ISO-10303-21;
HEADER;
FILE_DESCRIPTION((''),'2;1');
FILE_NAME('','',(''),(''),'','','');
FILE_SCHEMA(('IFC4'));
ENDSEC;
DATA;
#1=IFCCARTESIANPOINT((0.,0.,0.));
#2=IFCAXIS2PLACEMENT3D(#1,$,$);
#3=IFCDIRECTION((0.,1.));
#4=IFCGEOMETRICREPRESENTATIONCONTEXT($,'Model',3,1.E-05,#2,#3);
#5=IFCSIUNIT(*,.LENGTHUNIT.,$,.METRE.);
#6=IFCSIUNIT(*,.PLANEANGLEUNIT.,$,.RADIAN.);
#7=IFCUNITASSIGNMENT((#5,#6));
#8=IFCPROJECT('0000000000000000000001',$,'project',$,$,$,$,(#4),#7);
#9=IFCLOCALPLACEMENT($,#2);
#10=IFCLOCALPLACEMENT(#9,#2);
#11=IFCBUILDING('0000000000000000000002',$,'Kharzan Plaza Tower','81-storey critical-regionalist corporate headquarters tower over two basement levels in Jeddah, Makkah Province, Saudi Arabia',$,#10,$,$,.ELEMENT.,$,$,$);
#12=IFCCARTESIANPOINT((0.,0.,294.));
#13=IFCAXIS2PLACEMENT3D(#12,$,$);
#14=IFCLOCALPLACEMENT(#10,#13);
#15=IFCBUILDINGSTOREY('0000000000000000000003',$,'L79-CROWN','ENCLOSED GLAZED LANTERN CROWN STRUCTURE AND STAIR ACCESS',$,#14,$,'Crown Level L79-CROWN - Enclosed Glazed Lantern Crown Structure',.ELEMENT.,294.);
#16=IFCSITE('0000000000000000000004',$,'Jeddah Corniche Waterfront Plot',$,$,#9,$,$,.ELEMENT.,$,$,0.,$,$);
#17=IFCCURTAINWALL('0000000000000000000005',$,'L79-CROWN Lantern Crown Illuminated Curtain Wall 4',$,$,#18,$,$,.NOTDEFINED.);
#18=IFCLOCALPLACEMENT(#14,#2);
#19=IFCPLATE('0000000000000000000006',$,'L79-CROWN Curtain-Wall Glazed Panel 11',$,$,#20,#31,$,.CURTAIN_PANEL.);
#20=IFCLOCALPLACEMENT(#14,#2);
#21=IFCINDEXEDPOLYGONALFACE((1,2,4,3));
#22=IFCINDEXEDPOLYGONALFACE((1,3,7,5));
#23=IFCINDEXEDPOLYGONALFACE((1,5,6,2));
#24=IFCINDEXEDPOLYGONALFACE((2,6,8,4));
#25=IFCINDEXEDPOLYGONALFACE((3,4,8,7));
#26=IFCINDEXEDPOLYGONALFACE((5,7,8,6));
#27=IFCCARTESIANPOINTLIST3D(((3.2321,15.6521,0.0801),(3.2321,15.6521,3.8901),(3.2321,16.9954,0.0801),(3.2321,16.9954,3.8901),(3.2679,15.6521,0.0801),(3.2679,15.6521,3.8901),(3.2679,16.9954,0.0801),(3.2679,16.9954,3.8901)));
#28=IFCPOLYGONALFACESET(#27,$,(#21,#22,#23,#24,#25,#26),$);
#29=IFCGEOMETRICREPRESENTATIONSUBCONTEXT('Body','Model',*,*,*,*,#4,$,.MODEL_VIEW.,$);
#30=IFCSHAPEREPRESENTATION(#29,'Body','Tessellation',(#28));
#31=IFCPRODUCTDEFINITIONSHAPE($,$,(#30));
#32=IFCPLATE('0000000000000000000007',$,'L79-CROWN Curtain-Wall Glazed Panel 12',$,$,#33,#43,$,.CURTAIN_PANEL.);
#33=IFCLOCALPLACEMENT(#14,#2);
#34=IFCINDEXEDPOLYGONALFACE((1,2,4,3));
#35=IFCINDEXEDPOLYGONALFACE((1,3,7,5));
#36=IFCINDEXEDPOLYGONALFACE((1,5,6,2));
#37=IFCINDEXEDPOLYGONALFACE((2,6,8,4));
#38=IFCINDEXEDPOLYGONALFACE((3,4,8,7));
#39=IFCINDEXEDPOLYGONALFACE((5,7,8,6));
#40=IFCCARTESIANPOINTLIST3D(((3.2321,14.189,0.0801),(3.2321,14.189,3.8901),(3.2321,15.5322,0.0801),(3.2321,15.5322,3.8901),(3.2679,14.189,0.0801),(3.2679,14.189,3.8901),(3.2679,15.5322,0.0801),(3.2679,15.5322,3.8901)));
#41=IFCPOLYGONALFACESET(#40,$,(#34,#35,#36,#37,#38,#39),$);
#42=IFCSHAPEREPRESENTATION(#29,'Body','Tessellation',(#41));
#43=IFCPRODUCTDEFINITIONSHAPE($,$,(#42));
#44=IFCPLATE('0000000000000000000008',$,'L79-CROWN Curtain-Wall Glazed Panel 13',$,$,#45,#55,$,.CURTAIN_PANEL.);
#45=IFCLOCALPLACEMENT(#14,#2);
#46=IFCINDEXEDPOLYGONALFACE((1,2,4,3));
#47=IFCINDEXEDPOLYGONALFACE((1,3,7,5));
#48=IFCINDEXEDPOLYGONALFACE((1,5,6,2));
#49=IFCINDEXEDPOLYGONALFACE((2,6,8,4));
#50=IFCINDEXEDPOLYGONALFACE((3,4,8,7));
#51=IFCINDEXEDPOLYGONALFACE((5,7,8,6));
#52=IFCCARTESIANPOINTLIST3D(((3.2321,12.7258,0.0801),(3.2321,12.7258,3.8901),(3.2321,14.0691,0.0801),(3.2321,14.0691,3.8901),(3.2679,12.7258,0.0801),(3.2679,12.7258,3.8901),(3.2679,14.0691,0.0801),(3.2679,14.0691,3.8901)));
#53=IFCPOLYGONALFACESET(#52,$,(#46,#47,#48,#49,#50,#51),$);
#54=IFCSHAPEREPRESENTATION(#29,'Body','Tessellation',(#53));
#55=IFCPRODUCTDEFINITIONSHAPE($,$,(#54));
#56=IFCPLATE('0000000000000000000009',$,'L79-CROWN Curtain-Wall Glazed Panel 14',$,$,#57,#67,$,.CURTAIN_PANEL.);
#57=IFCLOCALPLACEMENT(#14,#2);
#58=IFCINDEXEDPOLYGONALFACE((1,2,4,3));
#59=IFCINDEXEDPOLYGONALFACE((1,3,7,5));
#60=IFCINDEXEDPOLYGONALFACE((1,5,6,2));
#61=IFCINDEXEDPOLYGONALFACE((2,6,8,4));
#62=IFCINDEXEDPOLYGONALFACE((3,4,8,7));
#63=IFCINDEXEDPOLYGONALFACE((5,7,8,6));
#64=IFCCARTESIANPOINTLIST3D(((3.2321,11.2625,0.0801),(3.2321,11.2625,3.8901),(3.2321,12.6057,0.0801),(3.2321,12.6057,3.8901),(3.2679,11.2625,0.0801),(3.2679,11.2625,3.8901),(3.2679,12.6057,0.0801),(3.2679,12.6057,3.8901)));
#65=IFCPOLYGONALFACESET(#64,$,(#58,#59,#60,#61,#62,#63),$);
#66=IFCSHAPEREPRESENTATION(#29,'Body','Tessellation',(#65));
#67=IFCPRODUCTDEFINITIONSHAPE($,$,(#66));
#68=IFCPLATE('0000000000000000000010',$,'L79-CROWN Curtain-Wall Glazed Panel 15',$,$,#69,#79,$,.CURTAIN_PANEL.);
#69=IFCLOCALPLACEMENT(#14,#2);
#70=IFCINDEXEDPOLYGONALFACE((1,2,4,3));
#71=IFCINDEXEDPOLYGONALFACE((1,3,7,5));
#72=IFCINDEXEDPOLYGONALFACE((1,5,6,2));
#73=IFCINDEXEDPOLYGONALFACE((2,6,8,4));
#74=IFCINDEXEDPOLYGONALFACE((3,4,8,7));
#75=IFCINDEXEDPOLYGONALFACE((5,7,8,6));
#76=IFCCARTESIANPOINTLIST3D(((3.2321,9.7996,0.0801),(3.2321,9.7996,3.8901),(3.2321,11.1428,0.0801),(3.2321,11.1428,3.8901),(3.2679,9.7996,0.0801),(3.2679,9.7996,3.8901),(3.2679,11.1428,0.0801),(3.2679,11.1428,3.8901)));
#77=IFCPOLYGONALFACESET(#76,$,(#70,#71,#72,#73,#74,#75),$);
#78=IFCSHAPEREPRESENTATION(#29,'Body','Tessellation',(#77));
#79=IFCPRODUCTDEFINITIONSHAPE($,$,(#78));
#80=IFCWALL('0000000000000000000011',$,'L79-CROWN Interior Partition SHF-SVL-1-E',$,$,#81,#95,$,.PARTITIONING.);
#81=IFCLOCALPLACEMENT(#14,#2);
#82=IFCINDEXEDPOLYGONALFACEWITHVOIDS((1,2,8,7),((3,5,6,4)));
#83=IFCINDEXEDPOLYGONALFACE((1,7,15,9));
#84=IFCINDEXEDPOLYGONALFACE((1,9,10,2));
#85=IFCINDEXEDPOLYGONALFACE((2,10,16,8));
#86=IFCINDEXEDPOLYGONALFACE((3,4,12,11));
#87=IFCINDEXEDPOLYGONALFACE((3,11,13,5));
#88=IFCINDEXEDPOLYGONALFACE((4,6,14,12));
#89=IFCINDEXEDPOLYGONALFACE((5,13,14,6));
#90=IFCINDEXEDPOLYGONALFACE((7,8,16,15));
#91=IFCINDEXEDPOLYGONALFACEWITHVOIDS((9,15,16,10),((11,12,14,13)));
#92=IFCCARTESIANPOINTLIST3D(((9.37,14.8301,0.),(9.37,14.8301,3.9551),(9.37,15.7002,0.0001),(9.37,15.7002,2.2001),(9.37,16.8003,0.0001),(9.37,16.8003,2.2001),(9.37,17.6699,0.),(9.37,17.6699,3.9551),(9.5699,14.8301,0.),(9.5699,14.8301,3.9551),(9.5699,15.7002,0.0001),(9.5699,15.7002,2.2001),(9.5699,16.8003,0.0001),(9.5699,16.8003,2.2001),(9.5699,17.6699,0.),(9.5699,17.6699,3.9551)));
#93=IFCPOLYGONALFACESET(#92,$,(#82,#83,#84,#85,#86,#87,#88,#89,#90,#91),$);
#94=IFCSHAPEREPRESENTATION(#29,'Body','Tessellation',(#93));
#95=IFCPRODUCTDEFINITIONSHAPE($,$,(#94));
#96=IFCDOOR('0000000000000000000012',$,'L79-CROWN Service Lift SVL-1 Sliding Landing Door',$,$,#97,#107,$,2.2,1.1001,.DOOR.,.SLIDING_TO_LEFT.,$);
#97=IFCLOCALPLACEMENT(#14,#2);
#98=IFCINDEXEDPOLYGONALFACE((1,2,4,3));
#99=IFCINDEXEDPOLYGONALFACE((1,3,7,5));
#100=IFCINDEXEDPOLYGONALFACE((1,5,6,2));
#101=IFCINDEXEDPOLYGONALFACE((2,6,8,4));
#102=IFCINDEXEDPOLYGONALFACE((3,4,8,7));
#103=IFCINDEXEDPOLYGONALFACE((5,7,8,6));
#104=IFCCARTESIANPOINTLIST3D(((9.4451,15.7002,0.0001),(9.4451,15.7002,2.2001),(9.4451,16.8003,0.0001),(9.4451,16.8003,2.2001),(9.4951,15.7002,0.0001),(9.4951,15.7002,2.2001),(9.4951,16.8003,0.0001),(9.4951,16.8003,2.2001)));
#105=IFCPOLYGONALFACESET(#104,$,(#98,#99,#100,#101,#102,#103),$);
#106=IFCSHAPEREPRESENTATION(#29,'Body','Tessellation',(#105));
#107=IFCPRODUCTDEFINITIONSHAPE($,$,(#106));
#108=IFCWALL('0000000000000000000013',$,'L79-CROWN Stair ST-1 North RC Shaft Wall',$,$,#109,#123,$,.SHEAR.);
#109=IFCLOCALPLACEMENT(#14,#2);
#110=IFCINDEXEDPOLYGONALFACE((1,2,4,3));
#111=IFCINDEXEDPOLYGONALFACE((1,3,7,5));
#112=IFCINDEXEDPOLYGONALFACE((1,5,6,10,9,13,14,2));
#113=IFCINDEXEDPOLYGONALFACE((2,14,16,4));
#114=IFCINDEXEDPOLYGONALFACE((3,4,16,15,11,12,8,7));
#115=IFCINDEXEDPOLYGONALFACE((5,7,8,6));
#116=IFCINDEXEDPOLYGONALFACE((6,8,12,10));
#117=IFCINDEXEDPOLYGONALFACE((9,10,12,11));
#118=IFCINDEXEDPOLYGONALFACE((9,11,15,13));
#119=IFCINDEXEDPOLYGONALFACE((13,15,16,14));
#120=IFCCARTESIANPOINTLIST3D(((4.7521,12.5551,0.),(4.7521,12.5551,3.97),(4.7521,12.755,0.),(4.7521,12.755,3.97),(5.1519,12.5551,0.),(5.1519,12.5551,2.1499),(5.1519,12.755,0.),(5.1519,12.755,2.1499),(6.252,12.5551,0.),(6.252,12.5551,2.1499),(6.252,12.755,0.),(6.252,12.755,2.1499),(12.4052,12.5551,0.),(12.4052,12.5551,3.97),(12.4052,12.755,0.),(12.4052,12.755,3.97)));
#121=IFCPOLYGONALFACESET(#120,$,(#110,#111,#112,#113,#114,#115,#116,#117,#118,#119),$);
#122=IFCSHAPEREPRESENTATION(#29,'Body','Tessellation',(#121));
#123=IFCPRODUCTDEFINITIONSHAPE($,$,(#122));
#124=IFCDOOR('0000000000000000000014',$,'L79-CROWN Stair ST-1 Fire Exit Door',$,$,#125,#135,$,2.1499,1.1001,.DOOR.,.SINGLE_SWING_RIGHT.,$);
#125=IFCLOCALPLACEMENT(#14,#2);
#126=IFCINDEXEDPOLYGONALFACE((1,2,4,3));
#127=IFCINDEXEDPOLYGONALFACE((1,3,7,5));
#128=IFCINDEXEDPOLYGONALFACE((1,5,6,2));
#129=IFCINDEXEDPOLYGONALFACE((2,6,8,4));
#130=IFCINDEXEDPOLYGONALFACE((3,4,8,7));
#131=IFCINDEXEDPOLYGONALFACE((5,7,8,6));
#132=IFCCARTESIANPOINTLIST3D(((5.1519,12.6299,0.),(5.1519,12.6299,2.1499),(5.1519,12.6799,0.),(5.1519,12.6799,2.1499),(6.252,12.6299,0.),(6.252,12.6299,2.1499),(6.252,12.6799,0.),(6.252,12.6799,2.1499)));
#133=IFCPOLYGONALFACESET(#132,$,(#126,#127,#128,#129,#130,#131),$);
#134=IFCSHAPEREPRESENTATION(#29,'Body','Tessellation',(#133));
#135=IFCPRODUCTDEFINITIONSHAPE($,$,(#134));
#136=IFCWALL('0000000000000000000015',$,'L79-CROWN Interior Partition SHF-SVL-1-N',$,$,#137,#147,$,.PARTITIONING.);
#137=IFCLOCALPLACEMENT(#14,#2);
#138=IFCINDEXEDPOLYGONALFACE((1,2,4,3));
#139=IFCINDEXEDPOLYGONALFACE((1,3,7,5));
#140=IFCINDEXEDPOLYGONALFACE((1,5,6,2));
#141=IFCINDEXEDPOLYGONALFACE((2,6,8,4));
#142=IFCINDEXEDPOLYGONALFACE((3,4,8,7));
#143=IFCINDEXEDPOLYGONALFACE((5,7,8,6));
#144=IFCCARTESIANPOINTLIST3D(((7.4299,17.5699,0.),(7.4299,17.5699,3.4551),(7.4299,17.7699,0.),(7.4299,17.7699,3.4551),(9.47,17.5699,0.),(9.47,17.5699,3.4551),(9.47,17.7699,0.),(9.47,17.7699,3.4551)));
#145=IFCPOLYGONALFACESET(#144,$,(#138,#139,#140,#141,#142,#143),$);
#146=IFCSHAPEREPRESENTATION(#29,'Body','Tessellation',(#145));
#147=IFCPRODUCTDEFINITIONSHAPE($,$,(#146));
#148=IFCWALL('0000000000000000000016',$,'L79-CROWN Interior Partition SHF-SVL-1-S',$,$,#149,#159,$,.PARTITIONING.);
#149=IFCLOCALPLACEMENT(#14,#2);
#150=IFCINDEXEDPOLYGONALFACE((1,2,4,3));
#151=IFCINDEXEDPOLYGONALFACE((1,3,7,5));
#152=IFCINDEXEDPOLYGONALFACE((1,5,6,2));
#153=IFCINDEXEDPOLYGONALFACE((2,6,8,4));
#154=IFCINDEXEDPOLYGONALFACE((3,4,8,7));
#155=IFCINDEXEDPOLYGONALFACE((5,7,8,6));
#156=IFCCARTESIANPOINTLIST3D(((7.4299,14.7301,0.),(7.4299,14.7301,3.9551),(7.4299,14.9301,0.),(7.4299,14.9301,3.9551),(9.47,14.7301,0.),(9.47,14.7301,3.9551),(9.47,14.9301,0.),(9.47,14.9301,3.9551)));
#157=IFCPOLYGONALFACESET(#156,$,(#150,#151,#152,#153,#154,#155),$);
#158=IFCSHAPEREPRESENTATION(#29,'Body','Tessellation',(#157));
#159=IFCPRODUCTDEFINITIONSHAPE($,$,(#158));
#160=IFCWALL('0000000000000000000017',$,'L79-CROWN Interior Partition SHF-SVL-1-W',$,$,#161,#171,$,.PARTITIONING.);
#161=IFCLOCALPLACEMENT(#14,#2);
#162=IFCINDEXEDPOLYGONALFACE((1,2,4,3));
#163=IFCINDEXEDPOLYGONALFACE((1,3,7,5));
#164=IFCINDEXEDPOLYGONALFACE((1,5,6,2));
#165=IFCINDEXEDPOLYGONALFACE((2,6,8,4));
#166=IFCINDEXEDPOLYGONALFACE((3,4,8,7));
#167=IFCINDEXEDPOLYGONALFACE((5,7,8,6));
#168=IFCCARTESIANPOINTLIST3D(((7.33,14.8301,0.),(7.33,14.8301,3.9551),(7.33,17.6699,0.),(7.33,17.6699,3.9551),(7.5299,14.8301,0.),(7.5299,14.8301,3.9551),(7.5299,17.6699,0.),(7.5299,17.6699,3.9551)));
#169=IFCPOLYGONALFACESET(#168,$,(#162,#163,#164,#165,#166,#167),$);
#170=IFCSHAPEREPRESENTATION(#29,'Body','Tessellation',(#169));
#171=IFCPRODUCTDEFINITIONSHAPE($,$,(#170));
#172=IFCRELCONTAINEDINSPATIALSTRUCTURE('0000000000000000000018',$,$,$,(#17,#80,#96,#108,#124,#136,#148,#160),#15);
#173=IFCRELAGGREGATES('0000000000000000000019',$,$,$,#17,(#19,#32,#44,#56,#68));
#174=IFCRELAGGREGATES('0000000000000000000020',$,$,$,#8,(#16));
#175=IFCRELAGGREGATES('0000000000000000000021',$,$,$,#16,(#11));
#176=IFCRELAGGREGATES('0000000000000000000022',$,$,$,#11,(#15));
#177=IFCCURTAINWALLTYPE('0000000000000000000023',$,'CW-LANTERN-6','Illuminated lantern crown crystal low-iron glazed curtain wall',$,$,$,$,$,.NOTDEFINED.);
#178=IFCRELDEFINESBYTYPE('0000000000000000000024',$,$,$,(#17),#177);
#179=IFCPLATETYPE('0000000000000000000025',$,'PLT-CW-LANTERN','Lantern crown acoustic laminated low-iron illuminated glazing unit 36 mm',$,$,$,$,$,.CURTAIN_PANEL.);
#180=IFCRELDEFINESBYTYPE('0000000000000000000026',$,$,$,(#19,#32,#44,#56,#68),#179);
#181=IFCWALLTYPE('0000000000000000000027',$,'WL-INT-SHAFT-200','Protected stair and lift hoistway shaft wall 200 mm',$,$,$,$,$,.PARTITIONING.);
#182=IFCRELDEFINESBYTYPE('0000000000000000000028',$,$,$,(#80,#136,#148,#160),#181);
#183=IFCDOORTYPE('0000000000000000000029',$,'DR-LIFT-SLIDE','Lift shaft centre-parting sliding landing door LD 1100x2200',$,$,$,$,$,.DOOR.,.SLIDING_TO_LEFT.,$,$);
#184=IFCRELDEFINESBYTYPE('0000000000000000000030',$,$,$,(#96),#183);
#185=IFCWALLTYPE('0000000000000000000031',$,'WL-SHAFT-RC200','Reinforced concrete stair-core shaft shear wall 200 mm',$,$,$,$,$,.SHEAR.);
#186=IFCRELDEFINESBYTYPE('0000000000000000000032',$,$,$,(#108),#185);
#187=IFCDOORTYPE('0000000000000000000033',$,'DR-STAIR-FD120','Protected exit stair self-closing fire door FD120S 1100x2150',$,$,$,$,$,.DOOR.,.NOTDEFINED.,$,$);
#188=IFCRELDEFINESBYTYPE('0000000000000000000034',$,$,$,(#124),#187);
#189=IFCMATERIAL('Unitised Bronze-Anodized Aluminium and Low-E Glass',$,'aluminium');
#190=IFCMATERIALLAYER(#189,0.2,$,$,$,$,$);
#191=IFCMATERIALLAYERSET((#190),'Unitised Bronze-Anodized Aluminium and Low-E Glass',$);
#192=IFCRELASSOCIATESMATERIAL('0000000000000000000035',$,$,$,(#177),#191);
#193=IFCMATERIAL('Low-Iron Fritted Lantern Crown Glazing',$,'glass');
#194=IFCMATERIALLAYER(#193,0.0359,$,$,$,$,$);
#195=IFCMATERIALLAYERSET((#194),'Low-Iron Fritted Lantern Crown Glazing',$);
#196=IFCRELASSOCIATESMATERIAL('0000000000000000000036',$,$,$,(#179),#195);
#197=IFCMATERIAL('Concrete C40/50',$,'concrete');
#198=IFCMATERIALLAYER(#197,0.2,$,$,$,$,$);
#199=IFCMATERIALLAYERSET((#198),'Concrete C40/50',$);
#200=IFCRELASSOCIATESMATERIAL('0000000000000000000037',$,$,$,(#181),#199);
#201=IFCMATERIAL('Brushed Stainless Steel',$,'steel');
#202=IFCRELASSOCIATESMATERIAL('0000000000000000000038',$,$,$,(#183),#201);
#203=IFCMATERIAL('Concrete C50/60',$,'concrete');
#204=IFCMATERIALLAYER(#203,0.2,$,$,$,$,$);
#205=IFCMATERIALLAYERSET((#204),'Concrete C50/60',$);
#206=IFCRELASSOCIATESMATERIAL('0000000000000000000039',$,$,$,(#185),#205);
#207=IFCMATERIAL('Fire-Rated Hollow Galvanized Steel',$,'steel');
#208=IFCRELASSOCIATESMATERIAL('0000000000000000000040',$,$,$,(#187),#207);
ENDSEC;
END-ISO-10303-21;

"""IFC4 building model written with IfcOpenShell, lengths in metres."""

from ifc_helpers import new_model, si_unit, direction, frame, frame_2d, origin, origin_2d, place, context, subcontext, project, spatial, rectangle, extrude, source, transform, mapped, material, layer, layer_set, type_object, element, fill, aggregate, save


model = new_model("IFC4")

# Units and contexts
model_context = context("Model", 3, precision=1e-05, world=origin(), true_north=direction((0.0, 1.0)))
body_context = subcontext(model_context, "Body", "Model", "MODEL_VIEW")
ifc_project = project(units=[si_unit("LENGTHUNIT", "METRE"), si_unit("PLANEANGLEUNIT", "RADIAN")], contexts=[model_context])

# Site, building, storey
site_placement = place(None, origin())
site = spatial("IfcSite", under=ifc_project, at=site_placement, Name="Jeddah Corniche Waterfront Plot", CompositionType="ELEMENT", RefElevation=0.0)
building_placement = place(site_placement, origin())
building = spatial("IfcBuilding", under=site, at=building_placement, Name="Kharzan Plaza Tower", Description="81-storey critical-regionalist corporate headquarters tower over two basement levels in Jeddah, Makkah Province, Saudi Arabia", CompositionType="ELEMENT")
storey_placement = place(building_placement, frame((0.0, 0.0, 294.0)))
storey = spatial("IfcBuildingStorey", under=building, at=storey_placement, Name="L79-CROWN", Description="ENCLOSED GLAZED LANTERN CROWN STRUCTURE AND STAIR ACCESS", LongName="Crown Level L79-CROWN - Enclosed Glazed Lantern Crown Structure", CompositionType="ELEMENT", Elevation=294.0)

# Curtain wall, plates
ifc_material_1 = material(Name="Unitised Bronze-Anodized Aluminium and Low-E Glass", Category="aluminium")
ifc_layer_1 = layer(ifc_material_1, 0.2)
ifc_layer_set_1 = layer_set([ifc_layer_1], Name="Unitised Bronze-Anodized Aluminium and Low-E Glass")
curtain_wall_type = type_object("IfcCurtainWallType", Name="CW-LANTERN-6", Description="Illuminated lantern crown crystal low-iron glazed curtain wall", PredefinedType="NOTDEFINED", material=ifc_layer_set_1)
curtain_wall_placement = place(storey_placement, origin())
curtain_wall = element("IfcCurtainWall", 1, at=curtain_wall_placement, inside=storey, type_object=curtain_wall_type, Name="L79-CROWN Lantern Crown Illuminated Curtain Wall 4", PredefinedType="NOTDEFINED")
ifc_material_2 = material(Name="Low-Iron Fritted Lantern Crown Glazing", Category="glass")
ifc_layer_2 = layer(ifc_material_2, 0.0359)
ifc_layer_set_2 = layer_set([ifc_layer_2], Name="Low-Iron Fritted Lantern Crown Glazing")
plate_type = type_object("IfcPlateType", Name="PLT-CW-LANTERN", Description="Lantern crown acoustic laminated low-iron illuminated glazing unit 36 mm", PredefinedType="CURTAIN_PANEL", material=ifc_layer_set_2)
shared_shape_1 = source(origin(), body_context, "Body", "SweptSolid", [
    extrude(rectangle(XDim=1.3433, YDim=0.0359, at=origin_2d()), origin(), (0.0, 0.0, 1.0), 3.8101),
])
plate_1_placement = place(storey_placement, frame((3.25, 16.3237, 0.0801), z_axis=(0.0, 0.0, 1.0), x_axis=(0.0, -1.0, 0.0)))
plate_1 = element("IfcPlate", 2, at=plate_1_placement, type_object=plate_type, Name="L79-CROWN Curtain-Wall Glazed Panel 11", PredefinedType="CURTAIN_PANEL", context=body_context, shape_type="MappedRepresentation", body=[
    mapped(shared_shape_1, transform((0.0, 0.0, 0.0), x_axis=(1.0, 0.0, 0.0), y_axis=(0.0, 1.0, 0.0), z_axis=(0.0, 0.0, 1.0))),
])
plate_2_placement = place(storey_placement, frame((3.25, 14.8606, 0.0801), z_axis=(0.0, 0.0, 1.0), x_axis=(0.0, -1.0, 0.0)))
plate_2 = element("IfcPlate", 3, at=plate_2_placement, type_object=plate_type, Name="L79-CROWN Curtain-Wall Glazed Panel 12", PredefinedType="CURTAIN_PANEL", context=body_context, shape_type="MappedRepresentation", body=[
    mapped(shared_shape_1, transform((0.0, 0.0, 0.0), x_axis=(1.0, 0.0, 0.0), y_axis=(0.0, 1.0, 0.0), z_axis=(0.0, 0.0, 1.0))),
])
plate_3_placement = place(storey_placement, frame((3.25, 13.3975, 0.0801), z_axis=(0.0, 0.0, 1.0), x_axis=(0.0, -1.0, 0.0)))
plate_3 = element("IfcPlate", 4, at=plate_3_placement, type_object=plate_type, Name="L79-CROWN Curtain-Wall Glazed Panel 13", PredefinedType="CURTAIN_PANEL", context=body_context, shape_type="MappedRepresentation", body=[
    mapped(shared_shape_1, transform((0.0, 0.0, 0.0), x_axis=(1.0, 0.0, 0.0), y_axis=(0.0, 1.0, 0.0), z_axis=(0.0, 0.0, 1.0))),
])
plate_4_placement = place(storey_placement, frame((3.25, 11.9341, 0.0801), z_axis=(0.0, 0.0, 1.0), x_axis=(0.0, -1.0, 0.0)))
plate_4 = element("IfcPlate", 5, at=plate_4_placement, type_object=plate_type, Name="L79-CROWN Curtain-Wall Glazed Panel 14", PredefinedType="CURTAIN_PANEL", context=body_context, shape_type="MappedRepresentation", body=[
    mapped(shared_shape_1, transform((0.0, 0.0, 0.0), x_axis=(1.0, 0.0, 0.0), y_axis=(0.0, 1.0, 0.0), z_axis=(0.0, 0.0, 1.0))),
])
plate_5_placement = place(storey_placement, frame((3.25, 10.4712, 0.0801), z_axis=(0.0, 0.0, 1.0), x_axis=(0.0, -1.0, 0.0)))
plate_5 = element("IfcPlate", 6, at=plate_5_placement, type_object=plate_type, Name="L79-CROWN Curtain-Wall Glazed Panel 15", PredefinedType="CURTAIN_PANEL", context=body_context, shape_type="MappedRepresentation", body=[
    mapped(shared_shape_1, transform((0.0, 0.0, 0.0), x_axis=(1.0, 0.0, 0.0), y_axis=(0.0, 1.0, 0.0), z_axis=(0.0, 0.0, 1.0))),
])
aggregate(curtain_wall, [plate_1, plate_2, plate_3, plate_4, plate_5])

# Walls, openings, doors
ifc_material_3 = material(Name="Concrete C40/50", Category="concrete")
ifc_layer_3 = layer(ifc_material_3, 0.2)
ifc_layer_set_3 = layer_set([ifc_layer_3], Name="Concrete C40/50")
wall_type_1 = type_object("IfcWallType", Name="WL-INT-SHAFT-200", Description="Protected stair and lift hoistway shaft wall 200 mm", PredefinedType="PARTITIONING", material=ifc_layer_set_3)
wall_1_placement = place(storey_placement, frame((9.47, 14.8301, 0.0), z_axis=(0.0, 0.0, 1.0), x_axis=(0.0, 1.0, 0.0)))
wall_1 = element("IfcWall", 7, at=wall_1_placement, inside=storey, type_object=wall_type_1, Name="L79-CROWN Interior Partition SHF-SVL-1-E", PredefinedType="PARTITIONING", context=body_context, shape_type="SweptSolid", body=[
    extrude(rectangle(XDim=2.8398, YDim=0.2, at=frame_2d((1.4199, 0.0))), origin(), (0.0, 0.0, 1.0), 3.9551),
])
opening_1_placement = place(wall_1_placement, frame((0.8701, 0.0, 0.0)))
opening_1 = element("IfcOpeningElement", 8, at=opening_1_placement, cuts=wall_1, PredefinedType="OPENING", context=body_context, shape_type="SweptSolid", body=[
    extrude(rectangle(XDim=1.1001, YDim=2.2, at=frame_2d((0.55, 1.1001))), frame((0.0, 0.1099, 0.0), z_axis=(0.0, -1.0, 0.0), x_axis=(1.0, 0.0, 0.0)), (0.0, 0.0, 1.0), 0.22),
])
ifc_material_4 = material(Name="Brushed Stainless Steel", Category="steel")
door_type_1 = type_object("IfcDoorType", Name="DR-LIFT-SLIDE", Description="Lift shaft centre-parting sliding landing door LD 1100x2200", OperationType="SLIDING_TO_LEFT", PredefinedType="DOOR", material=ifc_material_4)
shared_shape_2 = source(origin(), body_context, "Body", "SweptSolid", [
    extrude(rectangle(XDim=1.1001, YDim=2.2, at=frame_2d((0.55, 1.1001))), frame((0.0, 0.0249, 0.0), z_axis=(0.0, -1.0, 0.0), x_axis=(1.0, 0.0, 0.0)), (0.0, 0.0, 1.0), 0.05),
])
door_1_placement = place(opening_1_placement, origin())
door_1 = element("IfcDoor", 9, at=door_1_placement, inside=storey, type_object=door_type_1, Name="L79-CROWN Service Lift SVL-1 Sliding Landing Door", OperationType="SLIDING_TO_LEFT", OverallHeight=2.2, OverallWidth=1.1001, PredefinedType="DOOR", context=body_context, shape_type="MappedRepresentation", body=[
    mapped(shared_shape_2, transform((0.0, 0.0, 0.0), x_axis=(1.0, 0.0, 0.0), y_axis=(0.0, 1.0, 0.0), z_axis=(0.0, 0.0, 1.0))),
])
fill(opening_1, door_1)
ifc_material_5 = material(Name="Concrete C50/60", Category="concrete")
ifc_layer_4 = layer(ifc_material_5, 0.2)
ifc_layer_set_4 = layer_set([ifc_layer_4], Name="Concrete C50/60")
wall_type_2 = type_object("IfcWallType", Name="WL-SHAFT-RC200", Description="Reinforced concrete stair-core shaft shear wall 200 mm", PredefinedType="SHEAR", material=ifc_layer_set_4)
wall_2_placement = place(storey_placement, frame((4.752, 12.655, 0.0), z_axis=(0.0, 0.0, 1.0), x_axis=(1.0, 0.0, 0.0)))
wall_2 = element("IfcWall", 10, at=wall_2_placement, inside=storey, type_object=wall_type_2, Name="L79-CROWN Stair ST-1 North RC Shaft Wall", PredefinedType="SHEAR", context=body_context, shape_type="SweptSolid", body=[
    extrude(rectangle(XDim=7.6531, YDim=0.2, at=frame_2d((3.8267, 0.0))), origin(), (0.0, 0.0, 1.0), 3.97),
])
opening_2_placement = place(wall_2_placement, frame((0.3999, 0.0, 0.0)))
opening_2 = element("IfcOpeningElement", 11, at=opening_2_placement, cuts=wall_2, PredefinedType="OPENING", context=body_context, shape_type="SweptSolid", body=[
    extrude(rectangle(XDim=1.1001, YDim=2.1499, at=frame_2d((0.55, 1.075))), frame((0.0, 0.1099, 0.0), z_axis=(0.0, -1.0, 0.0), x_axis=(1.0, 0.0, 0.0)), (0.0, 0.0, 1.0), 0.22),
])
ifc_material_6 = material(Name="Fire-Rated Hollow Galvanized Steel", Category="steel")
door_type_2 = type_object("IfcDoorType", Name="DR-STAIR-FD120", Description="Protected exit stair self-closing fire door FD120S 1100x2150", OperationType="NOTDEFINED", PredefinedType="DOOR", material=ifc_material_6)
shared_shape_3 = source(origin(), body_context, "Body", "SweptSolid", [
    extrude(rectangle(XDim=1.1001, YDim=2.1499, at=frame_2d((0.55, 1.075))), frame((0.0, 0.0249, 0.0), z_axis=(0.0, -1.0, 0.0), x_axis=(1.0, 0.0, 0.0)), (0.0, 0.0, 1.0), 0.05),
])
door_2_placement = place(opening_2_placement, origin())
door_2 = element("IfcDoor", 12, at=door_2_placement, inside=storey, type_object=door_type_2, Name="L79-CROWN Stair ST-1 Fire Exit Door", OperationType="SINGLE_SWING_RIGHT", OverallHeight=2.1499, OverallWidth=1.1001, PredefinedType="DOOR", context=body_context, shape_type="MappedRepresentation", body=[
    mapped(shared_shape_3, transform((0.0, 0.0, 0.0), x_axis=(1.0, 0.0, 0.0), y_axis=(0.0, 1.0, 0.0), z_axis=(0.0, 0.0, 1.0))),
])
fill(opening_2, door_2)

# Walls
shared_shape_4 = source(origin(), body_context, "Body", "SweptSolid", [
    extrude(rectangle(XDim=2.04, YDim=0.2, at=frame_2d((1.02, 0.0))), origin(), (0.0, 0.0, 1.0), 3.4551),
])
wall_3_placement = place(storey_placement, frame((7.4299, 17.6699, 0.0), z_axis=(0.0, 0.0, 1.0), x_axis=(1.0, 0.0, 0.0)))
element("IfcWall", 13, at=wall_3_placement, inside=storey, type_object=wall_type_1, Name="L79-CROWN Interior Partition SHF-SVL-1-N", PredefinedType="PARTITIONING", context=body_context, shape_type="MappedRepresentation", body=[
    mapped(shared_shape_4, transform((0.0, 0.0, 0.0), x_axis=(1.0, 0.0, 0.0), y_axis=(0.0, 1.0, 0.0), z_axis=(0.0, 0.0, 1.0))),
])
shared_shape_5 = source(origin(), body_context, "Body", "SweptSolid", [
    extrude(rectangle(XDim=2.04, YDim=0.2, at=frame_2d((1.02, 0.0))), origin(), (0.0, 0.0, 1.0), 3.9551),
])
wall_4_placement = place(storey_placement, frame((7.4299, 14.8301, 0.0), z_axis=(0.0, 0.0, 1.0), x_axis=(1.0, 0.0, 0.0)))
element("IfcWall", 14, at=wall_4_placement, inside=storey, type_object=wall_type_1, Name="L79-CROWN Interior Partition SHF-SVL-1-S", PredefinedType="PARTITIONING", context=body_context, shape_type="MappedRepresentation", body=[
    mapped(shared_shape_5, transform((0.0, 0.0, 0.0), x_axis=(1.0, 0.0, 0.0), y_axis=(0.0, 1.0, 0.0), z_axis=(0.0, 0.0, 1.0))),
])
shared_shape_6 = source(origin(), body_context, "Body", "SweptSolid", [
    extrude(rectangle(XDim=2.8398, YDim=0.2, at=frame_2d((1.4199, 0.0))), origin(), (0.0, 0.0, 1.0), 3.9551),
])
wall_5_placement = place(storey_placement, frame((7.4299, 14.8301, 0.0), z_axis=(0.0, 0.0, 1.0), x_axis=(0.0, 1.0, 0.0)))
element("IfcWall", 15, at=wall_5_placement, inside=storey, type_object=wall_type_1, Name="L79-CROWN Interior Partition SHF-SVL-1-W", PredefinedType="PARTITIONING", context=body_context, shape_type="MappedRepresentation", body=[
    mapped(shared_shape_6, transform((0.0, 0.0, 0.0), x_axis=(1.0, 0.0, 0.0), y_axis=(0.0, 1.0, 0.0), z_axis=(0.0, 0.0, 1.0))),
])

save(model, "model.ifc")
